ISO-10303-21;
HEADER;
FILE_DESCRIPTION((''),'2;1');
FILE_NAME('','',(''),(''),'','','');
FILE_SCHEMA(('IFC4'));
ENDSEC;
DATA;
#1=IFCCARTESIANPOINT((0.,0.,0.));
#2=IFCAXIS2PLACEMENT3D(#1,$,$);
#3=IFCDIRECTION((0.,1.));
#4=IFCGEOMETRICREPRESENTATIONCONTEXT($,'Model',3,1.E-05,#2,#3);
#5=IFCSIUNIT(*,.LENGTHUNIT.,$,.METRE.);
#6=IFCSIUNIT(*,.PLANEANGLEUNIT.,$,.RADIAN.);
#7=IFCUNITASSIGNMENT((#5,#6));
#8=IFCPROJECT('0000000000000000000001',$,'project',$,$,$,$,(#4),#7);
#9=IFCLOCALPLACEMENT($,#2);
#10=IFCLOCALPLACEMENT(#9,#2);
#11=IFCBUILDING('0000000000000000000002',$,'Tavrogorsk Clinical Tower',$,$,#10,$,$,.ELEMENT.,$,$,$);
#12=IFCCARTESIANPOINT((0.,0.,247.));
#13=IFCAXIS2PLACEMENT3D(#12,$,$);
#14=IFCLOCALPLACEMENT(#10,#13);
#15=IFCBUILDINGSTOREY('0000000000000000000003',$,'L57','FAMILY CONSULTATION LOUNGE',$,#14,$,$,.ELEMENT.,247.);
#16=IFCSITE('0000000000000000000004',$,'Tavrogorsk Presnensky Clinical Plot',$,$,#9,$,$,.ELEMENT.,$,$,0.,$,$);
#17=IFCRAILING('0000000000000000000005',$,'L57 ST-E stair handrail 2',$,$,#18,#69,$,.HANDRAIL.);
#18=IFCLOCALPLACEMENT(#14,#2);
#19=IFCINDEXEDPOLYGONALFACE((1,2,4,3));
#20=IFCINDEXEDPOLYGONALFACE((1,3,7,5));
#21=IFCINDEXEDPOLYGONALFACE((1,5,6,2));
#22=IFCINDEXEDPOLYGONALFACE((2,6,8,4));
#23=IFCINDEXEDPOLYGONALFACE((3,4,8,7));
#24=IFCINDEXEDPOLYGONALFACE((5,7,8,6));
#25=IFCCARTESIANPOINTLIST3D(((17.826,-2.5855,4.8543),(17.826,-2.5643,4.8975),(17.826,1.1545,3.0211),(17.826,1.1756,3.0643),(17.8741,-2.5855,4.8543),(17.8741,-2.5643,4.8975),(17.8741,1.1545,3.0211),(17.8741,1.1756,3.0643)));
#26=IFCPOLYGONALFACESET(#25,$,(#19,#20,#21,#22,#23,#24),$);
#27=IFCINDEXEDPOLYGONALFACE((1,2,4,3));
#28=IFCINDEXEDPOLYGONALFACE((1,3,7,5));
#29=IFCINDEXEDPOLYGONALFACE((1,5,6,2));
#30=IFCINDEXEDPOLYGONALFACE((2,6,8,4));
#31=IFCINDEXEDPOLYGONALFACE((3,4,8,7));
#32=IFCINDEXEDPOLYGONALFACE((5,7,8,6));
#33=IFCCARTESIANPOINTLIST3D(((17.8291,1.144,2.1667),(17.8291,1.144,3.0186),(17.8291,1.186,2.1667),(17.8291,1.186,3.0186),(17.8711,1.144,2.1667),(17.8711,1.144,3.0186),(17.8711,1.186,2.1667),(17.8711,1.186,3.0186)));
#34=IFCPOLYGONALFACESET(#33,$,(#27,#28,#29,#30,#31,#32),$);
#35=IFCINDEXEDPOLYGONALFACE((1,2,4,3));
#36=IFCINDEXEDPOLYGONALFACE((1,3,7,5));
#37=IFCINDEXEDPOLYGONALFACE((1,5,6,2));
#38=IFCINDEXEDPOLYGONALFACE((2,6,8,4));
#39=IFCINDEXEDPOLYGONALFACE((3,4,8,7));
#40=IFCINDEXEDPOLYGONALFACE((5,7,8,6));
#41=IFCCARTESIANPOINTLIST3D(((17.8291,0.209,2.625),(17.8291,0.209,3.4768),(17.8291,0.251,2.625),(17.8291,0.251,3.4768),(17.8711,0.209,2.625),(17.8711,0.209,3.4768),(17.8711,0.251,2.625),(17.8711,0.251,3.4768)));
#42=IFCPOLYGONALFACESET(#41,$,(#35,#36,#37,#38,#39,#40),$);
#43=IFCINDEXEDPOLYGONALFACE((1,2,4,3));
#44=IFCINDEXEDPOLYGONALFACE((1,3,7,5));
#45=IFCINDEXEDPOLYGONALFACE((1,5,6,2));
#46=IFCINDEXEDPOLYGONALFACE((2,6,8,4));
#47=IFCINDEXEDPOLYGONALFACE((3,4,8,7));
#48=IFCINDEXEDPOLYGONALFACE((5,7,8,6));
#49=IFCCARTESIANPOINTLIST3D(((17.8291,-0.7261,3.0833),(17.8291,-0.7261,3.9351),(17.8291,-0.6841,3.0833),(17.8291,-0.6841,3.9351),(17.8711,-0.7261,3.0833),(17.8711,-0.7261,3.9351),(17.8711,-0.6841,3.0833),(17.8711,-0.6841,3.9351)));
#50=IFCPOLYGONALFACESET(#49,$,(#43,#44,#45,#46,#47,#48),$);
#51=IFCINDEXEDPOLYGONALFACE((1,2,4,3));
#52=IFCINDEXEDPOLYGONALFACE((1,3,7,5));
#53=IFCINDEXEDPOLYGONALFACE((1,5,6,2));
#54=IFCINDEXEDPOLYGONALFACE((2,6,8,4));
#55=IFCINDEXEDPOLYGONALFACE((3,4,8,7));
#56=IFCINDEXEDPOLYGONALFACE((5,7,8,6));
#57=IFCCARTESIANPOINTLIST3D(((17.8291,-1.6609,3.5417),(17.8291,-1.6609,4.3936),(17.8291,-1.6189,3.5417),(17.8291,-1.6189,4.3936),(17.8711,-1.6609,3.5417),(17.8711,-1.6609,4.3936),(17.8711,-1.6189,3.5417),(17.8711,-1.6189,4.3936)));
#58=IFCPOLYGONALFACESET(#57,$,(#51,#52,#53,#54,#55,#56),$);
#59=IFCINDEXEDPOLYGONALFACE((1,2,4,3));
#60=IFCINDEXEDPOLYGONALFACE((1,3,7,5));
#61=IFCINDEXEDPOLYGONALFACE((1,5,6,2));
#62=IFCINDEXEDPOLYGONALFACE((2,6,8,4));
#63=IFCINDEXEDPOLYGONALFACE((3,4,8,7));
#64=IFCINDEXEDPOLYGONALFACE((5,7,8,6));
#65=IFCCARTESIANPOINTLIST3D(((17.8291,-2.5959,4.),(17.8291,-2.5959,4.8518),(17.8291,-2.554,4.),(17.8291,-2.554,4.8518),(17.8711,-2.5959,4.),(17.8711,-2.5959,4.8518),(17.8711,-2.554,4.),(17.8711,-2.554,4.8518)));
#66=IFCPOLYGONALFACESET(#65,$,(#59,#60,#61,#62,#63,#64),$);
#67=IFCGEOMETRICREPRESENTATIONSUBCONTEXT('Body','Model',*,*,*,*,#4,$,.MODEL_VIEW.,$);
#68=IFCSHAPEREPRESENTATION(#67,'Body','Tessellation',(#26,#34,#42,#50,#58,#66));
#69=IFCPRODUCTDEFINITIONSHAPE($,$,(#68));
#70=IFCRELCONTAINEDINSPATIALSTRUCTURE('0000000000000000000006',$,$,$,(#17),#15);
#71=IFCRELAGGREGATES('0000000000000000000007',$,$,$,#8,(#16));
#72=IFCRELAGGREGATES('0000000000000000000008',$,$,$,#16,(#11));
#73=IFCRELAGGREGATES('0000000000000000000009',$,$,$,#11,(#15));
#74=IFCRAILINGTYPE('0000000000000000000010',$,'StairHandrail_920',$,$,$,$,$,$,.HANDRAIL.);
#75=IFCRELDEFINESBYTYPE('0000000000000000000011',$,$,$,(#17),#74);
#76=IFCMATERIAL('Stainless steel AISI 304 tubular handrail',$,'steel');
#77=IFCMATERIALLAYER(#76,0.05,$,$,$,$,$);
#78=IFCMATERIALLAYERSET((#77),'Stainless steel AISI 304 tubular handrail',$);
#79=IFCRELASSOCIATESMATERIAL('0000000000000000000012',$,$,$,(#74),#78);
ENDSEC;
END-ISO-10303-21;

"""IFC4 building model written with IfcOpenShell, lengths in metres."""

from ifc_helpers import new_model, si_unit, direction, frame, origin, origin_2d, place, context, subcontext, project, spatial, rectangle, extrude, material, layer, layer_set, type_object, element, save


model = new_model("IFC4")

# Units and contexts
model_context = context("Model", 3, precision=1e-05, world=origin(), true_north=direction((0.0, 1.0)))
body_context = subcontext(model_context, "Body", "Model", "MODEL_VIEW")
ifc_project = project(units=[si_unit("LENGTHUNIT", "METRE"), si_unit("PLANEANGLEUNIT", "RADIAN")], contexts=[model_context])

# Site, building, storey
site_placement = place(None, origin())
site = spatial("IfcSite", under=ifc_project, at=site_placement, Name="Tavrogorsk Presnensky Clinical Plot", CompositionType="ELEMENT", RefElevation=0.0)
building_placement = place(site_placement, origin())
building = spatial("IfcBuilding", under=site, at=building_placement, Name="Tavrogorsk Clinical Tower", CompositionType="ELEMENT")
storey_placement = place(building_placement, frame((0.0, 0.0, 247.0)))
storey = spatial("IfcBuildingStorey", under=building, at=storey_placement, Name="L57", Description="FAMILY CONSULTATION LOUNGE", CompositionType="ELEMENT", Elevation=247.0)

# Railing
ifc_material_1 = material(Name="Stainless steel AISI 304 tubular handrail", Category="steel")
ifc_layer_1 = layer(ifc_material_1, 0.05)
ifc_layer_set_1 = layer_set([ifc_layer_1], Name="Stainless steel AISI 304 tubular handrail")
railing_type_1 = type_object("IfcRailingType", Name="StairHandrail_920", PredefinedType="HANDRAIL", material=ifc_layer_set_1)
railing_1_placement = place(storey_placement, frame((17.8501, 1.165, 2.1667)))
element("IfcRailing", 1, at=railing_1_placement, inside=storey, type_object=railing_type_1, Name="L57 ST-E stair handrail 2", PredefinedType="HANDRAIL", context=body_context, shape_type="SweptSolid", body=[
    extrude(rectangle(XDim=0.0481, YDim=0.0481, at=origin_2d()), frame((0.0, 0.0, 0.876), z_axis=(0.0, -0.897928, 0.440142), x_axis=(1.0, 0.0, 0.0)), (0.0, 0.0, 1.0), 4.165),
    extrude(rectangle(XDim=0.042, YDim=0.042, at=origin_2d()), origin(), (0.0, 0.0, 1.0), 0.8518),
    extrude(rectangle(XDim=0.042, YDim=0.042, at=origin_2d()), frame((0.0, -0.9351, 0.4583)), (0.0, 0.0, 1.0), 0.8518),
    extrude(rectangle(XDim=0.042, YDim=0.042, at=origin_2d()), frame((0.0, -1.8701, 0.9165)), (0.0, 0.0, 1.0), 0.8518),
    extrude(rectangle(XDim=0.042, YDim=0.042, at=origin_2d()), frame((0.0, -2.8049, 1.375)), (0.0, 0.0, 1.0), 0.8518),
    extrude(rectangle(XDim=0.042, YDim=0.042, at=origin_2d()), frame((0.0, -3.74, 1.8333)), (0.0, 0.0, 1.0), 0.8518),
])

save(model, "model.ifc")
